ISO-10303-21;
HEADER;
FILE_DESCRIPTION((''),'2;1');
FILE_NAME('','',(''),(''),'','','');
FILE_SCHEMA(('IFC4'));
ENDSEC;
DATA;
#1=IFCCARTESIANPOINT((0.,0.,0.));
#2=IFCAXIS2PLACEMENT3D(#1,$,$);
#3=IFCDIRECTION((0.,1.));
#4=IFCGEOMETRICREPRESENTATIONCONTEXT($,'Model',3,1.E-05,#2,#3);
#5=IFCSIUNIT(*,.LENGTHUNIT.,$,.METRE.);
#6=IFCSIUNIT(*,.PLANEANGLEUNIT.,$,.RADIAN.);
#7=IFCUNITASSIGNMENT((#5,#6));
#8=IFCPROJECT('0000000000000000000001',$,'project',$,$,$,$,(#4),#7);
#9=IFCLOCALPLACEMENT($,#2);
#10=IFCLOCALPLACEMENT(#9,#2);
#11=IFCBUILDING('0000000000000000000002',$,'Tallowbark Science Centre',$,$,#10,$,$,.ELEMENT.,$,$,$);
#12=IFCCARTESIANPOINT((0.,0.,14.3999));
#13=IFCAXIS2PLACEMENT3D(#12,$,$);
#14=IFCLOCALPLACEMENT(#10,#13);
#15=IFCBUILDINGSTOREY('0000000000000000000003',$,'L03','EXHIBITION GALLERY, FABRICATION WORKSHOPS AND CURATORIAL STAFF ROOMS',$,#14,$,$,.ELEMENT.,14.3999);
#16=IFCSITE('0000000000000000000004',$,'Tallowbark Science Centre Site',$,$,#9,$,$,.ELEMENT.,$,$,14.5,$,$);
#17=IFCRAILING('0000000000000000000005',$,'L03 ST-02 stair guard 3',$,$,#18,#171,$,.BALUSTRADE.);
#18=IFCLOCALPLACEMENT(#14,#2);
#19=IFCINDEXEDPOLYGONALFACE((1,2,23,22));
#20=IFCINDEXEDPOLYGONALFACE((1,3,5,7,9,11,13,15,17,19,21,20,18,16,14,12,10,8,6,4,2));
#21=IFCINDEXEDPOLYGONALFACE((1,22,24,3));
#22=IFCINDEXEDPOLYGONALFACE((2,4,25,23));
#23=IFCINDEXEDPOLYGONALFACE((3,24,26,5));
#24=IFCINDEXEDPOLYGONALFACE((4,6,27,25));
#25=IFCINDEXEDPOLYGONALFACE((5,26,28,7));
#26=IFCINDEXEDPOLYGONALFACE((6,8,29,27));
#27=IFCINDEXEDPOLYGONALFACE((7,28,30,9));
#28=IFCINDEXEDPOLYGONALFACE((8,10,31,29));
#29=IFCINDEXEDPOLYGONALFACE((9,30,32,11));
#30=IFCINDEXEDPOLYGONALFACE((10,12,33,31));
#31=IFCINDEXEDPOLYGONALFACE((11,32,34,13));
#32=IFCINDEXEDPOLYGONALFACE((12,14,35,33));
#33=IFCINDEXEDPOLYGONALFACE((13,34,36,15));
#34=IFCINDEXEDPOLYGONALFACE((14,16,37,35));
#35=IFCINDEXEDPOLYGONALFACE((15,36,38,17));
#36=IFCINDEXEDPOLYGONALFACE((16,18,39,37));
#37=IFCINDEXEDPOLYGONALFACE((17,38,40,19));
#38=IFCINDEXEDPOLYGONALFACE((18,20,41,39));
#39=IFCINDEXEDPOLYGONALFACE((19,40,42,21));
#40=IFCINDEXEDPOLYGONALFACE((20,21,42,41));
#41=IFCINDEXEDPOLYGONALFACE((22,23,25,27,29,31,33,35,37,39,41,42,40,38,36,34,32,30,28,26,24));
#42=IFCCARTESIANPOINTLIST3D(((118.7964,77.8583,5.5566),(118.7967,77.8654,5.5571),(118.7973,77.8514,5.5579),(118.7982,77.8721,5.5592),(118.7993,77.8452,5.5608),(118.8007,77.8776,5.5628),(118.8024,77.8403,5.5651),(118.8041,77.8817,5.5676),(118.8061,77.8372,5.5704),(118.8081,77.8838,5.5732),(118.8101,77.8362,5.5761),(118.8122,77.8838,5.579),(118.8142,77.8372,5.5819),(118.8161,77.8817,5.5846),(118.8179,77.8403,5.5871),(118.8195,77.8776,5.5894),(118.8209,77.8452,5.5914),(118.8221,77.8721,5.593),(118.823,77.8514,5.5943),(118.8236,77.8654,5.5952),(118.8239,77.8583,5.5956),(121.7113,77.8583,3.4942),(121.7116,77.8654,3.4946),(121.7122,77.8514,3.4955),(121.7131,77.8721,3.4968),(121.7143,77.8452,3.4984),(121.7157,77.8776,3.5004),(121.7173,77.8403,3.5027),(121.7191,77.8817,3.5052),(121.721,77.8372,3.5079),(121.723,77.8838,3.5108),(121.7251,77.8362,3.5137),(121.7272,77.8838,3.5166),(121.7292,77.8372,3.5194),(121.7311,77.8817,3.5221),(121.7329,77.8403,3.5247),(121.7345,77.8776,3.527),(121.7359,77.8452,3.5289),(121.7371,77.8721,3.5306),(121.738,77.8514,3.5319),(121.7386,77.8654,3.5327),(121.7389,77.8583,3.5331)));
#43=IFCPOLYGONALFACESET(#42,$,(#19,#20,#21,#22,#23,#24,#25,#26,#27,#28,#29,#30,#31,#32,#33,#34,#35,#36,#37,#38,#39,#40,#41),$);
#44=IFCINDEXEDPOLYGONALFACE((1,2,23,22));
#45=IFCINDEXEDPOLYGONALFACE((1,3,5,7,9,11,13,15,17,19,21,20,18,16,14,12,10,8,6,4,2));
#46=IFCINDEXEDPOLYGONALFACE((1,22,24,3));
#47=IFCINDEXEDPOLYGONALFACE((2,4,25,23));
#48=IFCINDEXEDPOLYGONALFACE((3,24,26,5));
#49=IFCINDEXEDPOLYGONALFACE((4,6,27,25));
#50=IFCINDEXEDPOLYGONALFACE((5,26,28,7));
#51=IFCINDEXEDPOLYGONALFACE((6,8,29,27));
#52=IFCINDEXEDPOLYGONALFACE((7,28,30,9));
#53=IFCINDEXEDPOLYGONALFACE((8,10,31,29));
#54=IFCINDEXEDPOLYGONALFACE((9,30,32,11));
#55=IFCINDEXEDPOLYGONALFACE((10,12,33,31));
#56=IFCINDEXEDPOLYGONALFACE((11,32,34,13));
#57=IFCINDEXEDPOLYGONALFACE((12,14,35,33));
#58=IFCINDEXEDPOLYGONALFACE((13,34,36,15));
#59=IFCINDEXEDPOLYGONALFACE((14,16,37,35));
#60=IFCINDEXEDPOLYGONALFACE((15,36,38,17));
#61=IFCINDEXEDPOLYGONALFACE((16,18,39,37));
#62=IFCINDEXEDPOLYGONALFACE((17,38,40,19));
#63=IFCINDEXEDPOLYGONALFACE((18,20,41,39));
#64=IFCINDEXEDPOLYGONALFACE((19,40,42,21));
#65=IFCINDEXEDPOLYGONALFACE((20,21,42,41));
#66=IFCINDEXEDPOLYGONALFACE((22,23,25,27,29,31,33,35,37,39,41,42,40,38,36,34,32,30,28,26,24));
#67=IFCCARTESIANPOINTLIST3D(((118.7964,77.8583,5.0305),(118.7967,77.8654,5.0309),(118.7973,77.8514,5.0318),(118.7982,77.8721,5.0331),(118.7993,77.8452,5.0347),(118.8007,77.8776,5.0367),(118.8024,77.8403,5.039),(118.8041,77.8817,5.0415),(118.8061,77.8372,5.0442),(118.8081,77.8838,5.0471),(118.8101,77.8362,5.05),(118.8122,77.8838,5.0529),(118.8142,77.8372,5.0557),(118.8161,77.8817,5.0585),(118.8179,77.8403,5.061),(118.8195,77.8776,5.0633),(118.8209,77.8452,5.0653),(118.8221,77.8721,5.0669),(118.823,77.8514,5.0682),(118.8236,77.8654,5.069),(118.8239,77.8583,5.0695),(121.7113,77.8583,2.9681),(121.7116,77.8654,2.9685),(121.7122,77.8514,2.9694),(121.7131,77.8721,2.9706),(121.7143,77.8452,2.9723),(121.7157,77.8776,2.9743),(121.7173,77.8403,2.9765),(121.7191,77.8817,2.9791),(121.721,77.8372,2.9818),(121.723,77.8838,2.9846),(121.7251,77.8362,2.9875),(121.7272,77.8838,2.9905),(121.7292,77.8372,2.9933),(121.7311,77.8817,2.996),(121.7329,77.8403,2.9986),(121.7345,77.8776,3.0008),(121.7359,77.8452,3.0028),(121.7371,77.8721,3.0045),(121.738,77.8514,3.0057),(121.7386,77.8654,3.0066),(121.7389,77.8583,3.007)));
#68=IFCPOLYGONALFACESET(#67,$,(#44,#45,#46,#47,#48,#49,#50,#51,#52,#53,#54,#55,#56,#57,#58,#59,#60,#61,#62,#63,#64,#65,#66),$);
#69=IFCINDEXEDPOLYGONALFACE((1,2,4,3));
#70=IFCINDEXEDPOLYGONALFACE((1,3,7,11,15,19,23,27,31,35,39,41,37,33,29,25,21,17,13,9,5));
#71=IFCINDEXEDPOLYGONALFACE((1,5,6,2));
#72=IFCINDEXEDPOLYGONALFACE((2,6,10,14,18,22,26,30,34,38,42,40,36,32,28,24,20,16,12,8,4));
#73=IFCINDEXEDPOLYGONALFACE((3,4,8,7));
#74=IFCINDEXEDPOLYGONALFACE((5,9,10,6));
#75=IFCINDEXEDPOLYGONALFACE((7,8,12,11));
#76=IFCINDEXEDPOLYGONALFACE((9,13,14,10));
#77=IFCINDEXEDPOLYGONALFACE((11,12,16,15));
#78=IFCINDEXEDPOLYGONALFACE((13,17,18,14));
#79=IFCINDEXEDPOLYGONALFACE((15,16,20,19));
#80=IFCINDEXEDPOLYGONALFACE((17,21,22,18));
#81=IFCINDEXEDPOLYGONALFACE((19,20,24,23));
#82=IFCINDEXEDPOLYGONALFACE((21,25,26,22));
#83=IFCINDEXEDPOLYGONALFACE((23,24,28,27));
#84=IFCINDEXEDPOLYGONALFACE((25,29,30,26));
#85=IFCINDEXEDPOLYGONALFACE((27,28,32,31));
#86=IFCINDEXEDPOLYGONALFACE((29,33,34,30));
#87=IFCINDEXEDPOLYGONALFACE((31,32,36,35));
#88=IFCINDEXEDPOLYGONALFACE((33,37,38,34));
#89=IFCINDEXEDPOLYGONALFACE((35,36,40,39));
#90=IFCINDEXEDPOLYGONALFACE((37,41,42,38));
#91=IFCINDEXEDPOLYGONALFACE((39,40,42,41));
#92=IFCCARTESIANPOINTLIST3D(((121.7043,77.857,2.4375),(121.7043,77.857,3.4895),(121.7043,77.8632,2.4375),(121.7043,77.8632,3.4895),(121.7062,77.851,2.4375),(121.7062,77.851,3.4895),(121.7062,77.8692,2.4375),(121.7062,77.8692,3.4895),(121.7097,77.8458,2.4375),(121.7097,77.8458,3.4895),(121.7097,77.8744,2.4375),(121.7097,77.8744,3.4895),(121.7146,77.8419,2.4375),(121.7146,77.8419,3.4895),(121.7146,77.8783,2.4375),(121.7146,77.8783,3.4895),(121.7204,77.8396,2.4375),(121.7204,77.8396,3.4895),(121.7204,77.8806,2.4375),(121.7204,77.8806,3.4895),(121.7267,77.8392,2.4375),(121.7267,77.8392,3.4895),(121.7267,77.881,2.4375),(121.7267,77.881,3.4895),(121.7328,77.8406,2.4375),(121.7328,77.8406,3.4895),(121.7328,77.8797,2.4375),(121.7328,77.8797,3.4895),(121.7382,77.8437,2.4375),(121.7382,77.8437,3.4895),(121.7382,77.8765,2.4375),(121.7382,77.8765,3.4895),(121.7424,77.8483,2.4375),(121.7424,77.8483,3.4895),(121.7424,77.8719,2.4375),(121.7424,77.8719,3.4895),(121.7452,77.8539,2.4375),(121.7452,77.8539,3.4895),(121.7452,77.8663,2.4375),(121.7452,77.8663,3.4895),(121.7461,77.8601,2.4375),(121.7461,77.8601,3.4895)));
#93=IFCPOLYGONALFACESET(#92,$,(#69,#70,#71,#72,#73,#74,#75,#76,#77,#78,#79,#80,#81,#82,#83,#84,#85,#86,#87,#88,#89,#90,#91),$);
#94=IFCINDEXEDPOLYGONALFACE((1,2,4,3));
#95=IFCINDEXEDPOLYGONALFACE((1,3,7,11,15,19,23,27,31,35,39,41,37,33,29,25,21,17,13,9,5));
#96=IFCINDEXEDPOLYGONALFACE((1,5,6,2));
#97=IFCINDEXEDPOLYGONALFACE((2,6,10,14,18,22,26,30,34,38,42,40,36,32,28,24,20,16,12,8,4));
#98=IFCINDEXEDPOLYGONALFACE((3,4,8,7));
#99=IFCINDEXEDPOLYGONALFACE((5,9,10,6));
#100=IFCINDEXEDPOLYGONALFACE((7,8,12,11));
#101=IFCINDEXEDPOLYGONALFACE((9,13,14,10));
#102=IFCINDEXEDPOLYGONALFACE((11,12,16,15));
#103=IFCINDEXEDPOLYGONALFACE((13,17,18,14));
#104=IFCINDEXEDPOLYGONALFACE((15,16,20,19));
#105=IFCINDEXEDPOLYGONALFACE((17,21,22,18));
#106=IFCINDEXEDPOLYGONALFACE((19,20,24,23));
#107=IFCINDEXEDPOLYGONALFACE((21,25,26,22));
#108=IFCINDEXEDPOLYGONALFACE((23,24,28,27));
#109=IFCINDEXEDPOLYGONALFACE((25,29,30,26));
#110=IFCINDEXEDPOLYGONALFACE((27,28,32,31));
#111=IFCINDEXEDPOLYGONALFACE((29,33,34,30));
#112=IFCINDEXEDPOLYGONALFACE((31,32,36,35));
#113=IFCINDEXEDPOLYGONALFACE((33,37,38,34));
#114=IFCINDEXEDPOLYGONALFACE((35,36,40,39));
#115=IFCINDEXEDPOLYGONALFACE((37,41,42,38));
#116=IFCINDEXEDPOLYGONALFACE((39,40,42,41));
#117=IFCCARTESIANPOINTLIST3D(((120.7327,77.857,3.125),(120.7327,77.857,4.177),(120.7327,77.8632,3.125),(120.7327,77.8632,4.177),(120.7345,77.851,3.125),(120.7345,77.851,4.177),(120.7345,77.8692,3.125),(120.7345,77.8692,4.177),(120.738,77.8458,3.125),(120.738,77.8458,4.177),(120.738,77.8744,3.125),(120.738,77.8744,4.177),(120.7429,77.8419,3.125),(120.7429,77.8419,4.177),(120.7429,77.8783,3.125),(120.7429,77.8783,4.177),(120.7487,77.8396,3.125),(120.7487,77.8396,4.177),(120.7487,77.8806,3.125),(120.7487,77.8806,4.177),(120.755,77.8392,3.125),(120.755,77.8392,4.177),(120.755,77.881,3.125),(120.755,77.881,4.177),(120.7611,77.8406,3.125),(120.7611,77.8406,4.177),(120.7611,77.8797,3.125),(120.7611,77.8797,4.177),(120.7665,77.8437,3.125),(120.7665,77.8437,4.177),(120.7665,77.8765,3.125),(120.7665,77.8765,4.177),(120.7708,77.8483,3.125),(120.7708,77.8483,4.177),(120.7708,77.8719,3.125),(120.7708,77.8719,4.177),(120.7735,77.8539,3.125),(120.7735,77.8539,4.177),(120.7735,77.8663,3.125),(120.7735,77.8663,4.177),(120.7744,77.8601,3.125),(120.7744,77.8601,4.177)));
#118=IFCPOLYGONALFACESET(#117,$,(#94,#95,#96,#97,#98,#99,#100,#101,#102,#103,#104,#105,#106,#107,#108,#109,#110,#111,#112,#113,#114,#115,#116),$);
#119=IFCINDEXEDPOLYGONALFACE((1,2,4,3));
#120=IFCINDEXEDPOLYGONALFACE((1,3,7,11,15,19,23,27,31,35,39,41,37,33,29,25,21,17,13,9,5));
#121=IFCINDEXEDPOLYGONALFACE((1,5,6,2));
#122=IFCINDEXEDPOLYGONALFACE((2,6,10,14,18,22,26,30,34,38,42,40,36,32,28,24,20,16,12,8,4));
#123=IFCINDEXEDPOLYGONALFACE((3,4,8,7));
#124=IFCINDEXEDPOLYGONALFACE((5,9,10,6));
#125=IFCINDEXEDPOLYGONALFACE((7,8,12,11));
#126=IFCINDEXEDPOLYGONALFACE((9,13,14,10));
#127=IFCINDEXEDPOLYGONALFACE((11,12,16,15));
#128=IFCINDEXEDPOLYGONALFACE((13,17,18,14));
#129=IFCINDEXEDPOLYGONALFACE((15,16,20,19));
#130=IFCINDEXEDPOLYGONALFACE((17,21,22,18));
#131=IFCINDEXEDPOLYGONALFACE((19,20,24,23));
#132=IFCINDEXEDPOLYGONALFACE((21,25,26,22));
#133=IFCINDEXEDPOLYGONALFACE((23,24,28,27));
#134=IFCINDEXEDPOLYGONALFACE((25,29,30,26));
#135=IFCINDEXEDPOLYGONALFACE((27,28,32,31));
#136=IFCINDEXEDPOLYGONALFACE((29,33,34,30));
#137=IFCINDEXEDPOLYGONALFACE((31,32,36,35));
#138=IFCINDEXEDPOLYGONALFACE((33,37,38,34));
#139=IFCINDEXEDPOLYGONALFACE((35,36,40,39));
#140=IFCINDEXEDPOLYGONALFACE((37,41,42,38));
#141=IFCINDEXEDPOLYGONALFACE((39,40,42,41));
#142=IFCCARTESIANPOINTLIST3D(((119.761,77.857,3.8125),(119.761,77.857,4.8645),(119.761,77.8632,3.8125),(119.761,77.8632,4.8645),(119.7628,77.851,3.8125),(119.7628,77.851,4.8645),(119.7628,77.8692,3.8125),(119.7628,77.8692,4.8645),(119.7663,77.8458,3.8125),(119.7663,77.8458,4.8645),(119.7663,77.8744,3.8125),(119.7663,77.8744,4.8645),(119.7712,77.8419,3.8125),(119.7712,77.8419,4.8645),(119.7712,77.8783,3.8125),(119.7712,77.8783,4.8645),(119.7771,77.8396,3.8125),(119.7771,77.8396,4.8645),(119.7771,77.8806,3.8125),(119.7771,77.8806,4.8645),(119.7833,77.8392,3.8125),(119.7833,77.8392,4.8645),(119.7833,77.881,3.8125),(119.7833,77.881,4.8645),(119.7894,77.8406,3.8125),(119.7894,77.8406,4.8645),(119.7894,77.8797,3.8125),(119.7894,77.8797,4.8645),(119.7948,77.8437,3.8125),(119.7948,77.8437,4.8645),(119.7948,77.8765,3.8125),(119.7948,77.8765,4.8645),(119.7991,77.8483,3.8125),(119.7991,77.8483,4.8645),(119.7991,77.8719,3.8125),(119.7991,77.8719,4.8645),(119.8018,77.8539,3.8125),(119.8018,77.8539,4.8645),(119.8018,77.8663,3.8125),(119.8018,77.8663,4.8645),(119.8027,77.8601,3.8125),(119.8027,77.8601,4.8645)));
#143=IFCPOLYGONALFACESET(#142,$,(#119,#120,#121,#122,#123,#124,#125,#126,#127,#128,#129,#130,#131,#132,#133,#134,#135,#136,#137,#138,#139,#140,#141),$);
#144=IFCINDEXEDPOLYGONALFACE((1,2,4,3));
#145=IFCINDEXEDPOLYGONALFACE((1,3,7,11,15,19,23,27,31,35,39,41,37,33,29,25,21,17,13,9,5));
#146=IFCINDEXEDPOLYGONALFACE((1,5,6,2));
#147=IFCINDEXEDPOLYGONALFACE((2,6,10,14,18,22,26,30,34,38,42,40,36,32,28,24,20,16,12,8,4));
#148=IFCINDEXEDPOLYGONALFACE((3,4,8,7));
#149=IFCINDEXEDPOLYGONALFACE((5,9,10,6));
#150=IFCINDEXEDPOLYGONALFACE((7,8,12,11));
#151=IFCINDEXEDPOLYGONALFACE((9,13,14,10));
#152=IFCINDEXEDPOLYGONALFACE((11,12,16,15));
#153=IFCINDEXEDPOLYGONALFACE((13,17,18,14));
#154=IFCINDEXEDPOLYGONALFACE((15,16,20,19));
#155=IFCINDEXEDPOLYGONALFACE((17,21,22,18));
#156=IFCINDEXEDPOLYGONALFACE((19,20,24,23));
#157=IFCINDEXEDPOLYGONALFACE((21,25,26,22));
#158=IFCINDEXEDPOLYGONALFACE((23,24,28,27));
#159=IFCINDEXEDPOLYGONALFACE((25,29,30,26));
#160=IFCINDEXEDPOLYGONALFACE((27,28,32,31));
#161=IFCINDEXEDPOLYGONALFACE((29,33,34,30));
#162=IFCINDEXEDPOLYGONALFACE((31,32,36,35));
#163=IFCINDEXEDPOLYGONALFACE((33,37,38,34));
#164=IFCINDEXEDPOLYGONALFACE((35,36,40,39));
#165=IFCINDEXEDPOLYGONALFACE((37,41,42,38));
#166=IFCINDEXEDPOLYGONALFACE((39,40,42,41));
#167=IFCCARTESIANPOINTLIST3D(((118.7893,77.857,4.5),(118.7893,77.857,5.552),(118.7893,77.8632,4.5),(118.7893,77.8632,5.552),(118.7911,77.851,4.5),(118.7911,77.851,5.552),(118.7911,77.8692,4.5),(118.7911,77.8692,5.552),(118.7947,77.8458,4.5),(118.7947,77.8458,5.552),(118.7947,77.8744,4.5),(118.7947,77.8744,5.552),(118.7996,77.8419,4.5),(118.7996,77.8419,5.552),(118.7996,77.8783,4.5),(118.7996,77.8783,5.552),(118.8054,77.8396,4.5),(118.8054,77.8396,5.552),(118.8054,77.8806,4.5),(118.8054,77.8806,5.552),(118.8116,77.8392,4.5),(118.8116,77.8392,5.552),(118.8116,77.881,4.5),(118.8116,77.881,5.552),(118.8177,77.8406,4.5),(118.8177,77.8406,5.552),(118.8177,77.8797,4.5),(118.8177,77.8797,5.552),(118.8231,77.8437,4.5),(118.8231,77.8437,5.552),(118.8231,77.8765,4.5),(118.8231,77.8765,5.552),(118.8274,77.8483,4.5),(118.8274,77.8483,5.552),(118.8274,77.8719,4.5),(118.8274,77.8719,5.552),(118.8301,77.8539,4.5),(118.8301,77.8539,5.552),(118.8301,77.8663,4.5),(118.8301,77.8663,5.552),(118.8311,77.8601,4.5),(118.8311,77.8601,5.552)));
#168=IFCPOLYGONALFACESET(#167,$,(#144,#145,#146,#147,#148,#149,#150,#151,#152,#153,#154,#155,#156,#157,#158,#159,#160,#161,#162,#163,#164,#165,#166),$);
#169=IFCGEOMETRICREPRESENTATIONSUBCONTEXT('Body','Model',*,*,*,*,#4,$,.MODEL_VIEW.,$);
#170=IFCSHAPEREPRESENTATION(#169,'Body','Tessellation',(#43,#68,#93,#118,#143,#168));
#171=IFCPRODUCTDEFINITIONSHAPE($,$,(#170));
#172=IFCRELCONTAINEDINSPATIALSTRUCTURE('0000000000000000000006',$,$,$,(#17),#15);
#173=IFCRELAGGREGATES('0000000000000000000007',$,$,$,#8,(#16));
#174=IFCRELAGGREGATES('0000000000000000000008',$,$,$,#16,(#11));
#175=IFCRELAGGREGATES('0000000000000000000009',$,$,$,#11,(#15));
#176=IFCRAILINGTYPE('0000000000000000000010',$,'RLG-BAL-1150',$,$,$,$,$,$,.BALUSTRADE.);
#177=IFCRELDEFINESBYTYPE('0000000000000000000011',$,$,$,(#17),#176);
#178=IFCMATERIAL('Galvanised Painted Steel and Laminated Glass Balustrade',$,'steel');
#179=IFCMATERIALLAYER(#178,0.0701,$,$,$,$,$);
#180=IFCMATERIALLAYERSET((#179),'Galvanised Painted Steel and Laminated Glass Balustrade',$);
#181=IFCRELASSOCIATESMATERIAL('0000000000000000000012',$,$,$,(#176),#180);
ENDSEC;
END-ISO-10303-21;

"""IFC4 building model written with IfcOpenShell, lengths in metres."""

from ifc_helpers import new_model, si_unit, direction, frame, origin, origin_2d, place, context, subcontext, project, spatial, circle, extrude, material, layer, layer_set, type_object, element, save


model = new_model("IFC4")

# Units and contexts
model_context = context("Model", 3, precision=1e-05, world=origin(), true_north=direction((0.0, 1.0)))
body_context = subcontext(model_context, "Body", "Model", "MODEL_VIEW")
ifc_project = project(units=[si_unit("LENGTHUNIT", "METRE"), si_unit("PLANEANGLEUNIT", "RADIAN")], contexts=[model_context])

# Site, building, storey
site_placement = place(None, origin())
site = spatial("IfcSite", under=ifc_project, at=site_placement, Name="Tallowbark Science Centre Site", CompositionType="ELEMENT", RefElevation=14.5)
building_placement = place(site_placement, origin())
building = spatial("IfcBuilding", under=site, at=building_placement, Name="Tallowbark Science Centre", CompositionType="ELEMENT")
storey_placement = place(building_placement, frame((0.0, 0.0, 14.3999)))
storey = spatial("IfcBuildingStorey", under=building, at=storey_placement, Name="L03", Description="EXHIBITION GALLERY, FABRICATION WORKSHOPS AND CURATORIAL STAFF ROOMS", CompositionType="ELEMENT", Elevation=14.3999)

# Railing
ifc_material_1 = material(Name="Galvanised Painted Steel and Laminated Glass Balustrade", Category="steel")
ifc_layer_1 = layer(ifc_material_1, 0.0701)
ifc_layer_set_1 = layer_set([ifc_layer_1], Name="Galvanised Painted Steel and Laminated Glass Balustrade")
railing_type_1 = type_object("IfcRailingType", Name="RLG-BAL-1150", PredefinedType="BALUSTRADE", material=ifc_layer_set_1)
railing_1_placement = place(storey_placement, frame((121.7251, 77.8601, 2.4375)))
element("IfcRailing", 1, at=railing_1_placement, inside=storey, type_object=railing_type_1, Name="L03 ST-02 stair guard 3", PredefinedType="BALUSTRADE", context=body_context, shape_type="SweptSolid", body=[
    extrude(circle(Radius=0.0239, at=origin_2d()), frame((0.0, 0.0, 1.0762), z_axis=(-0.816331, 0.0, 0.577585), x_axis=(0.0, -1.0, 0.0)), (0.0, 0.0, 1.0), 3.5708),
    extrude(circle(Radius=0.0239, at=origin_2d()), frame((0.0, 0.0, 0.55), z_axis=(-0.816331, 0.0, 0.577585), x_axis=(0.0, -1.0, 0.0)), (0.0, 0.0, 1.0), 3.5708),
    extrude(circle(Radius=0.021, at=origin_2d()), origin(), (0.0, 0.0, 1.0), 1.052),
    extrude(circle(Radius=0.021, at=origin_2d()), frame((-0.9717, 0.0, 0.6875)), (0.0, 0.0, 1.0), 1.052),
    extrude(circle(Radius=0.021, at=origin_2d()), frame((-1.9434, 0.0, 1.375)), (0.0, 0.0, 1.0), 1.052),
    extrude(circle(Radius=0.021, at=origin_2d()), frame((-2.915, 0.0, 2.0625)), (0.0, 0.0, 1.0), 1.052),
])

save(model, "model.ifc")
